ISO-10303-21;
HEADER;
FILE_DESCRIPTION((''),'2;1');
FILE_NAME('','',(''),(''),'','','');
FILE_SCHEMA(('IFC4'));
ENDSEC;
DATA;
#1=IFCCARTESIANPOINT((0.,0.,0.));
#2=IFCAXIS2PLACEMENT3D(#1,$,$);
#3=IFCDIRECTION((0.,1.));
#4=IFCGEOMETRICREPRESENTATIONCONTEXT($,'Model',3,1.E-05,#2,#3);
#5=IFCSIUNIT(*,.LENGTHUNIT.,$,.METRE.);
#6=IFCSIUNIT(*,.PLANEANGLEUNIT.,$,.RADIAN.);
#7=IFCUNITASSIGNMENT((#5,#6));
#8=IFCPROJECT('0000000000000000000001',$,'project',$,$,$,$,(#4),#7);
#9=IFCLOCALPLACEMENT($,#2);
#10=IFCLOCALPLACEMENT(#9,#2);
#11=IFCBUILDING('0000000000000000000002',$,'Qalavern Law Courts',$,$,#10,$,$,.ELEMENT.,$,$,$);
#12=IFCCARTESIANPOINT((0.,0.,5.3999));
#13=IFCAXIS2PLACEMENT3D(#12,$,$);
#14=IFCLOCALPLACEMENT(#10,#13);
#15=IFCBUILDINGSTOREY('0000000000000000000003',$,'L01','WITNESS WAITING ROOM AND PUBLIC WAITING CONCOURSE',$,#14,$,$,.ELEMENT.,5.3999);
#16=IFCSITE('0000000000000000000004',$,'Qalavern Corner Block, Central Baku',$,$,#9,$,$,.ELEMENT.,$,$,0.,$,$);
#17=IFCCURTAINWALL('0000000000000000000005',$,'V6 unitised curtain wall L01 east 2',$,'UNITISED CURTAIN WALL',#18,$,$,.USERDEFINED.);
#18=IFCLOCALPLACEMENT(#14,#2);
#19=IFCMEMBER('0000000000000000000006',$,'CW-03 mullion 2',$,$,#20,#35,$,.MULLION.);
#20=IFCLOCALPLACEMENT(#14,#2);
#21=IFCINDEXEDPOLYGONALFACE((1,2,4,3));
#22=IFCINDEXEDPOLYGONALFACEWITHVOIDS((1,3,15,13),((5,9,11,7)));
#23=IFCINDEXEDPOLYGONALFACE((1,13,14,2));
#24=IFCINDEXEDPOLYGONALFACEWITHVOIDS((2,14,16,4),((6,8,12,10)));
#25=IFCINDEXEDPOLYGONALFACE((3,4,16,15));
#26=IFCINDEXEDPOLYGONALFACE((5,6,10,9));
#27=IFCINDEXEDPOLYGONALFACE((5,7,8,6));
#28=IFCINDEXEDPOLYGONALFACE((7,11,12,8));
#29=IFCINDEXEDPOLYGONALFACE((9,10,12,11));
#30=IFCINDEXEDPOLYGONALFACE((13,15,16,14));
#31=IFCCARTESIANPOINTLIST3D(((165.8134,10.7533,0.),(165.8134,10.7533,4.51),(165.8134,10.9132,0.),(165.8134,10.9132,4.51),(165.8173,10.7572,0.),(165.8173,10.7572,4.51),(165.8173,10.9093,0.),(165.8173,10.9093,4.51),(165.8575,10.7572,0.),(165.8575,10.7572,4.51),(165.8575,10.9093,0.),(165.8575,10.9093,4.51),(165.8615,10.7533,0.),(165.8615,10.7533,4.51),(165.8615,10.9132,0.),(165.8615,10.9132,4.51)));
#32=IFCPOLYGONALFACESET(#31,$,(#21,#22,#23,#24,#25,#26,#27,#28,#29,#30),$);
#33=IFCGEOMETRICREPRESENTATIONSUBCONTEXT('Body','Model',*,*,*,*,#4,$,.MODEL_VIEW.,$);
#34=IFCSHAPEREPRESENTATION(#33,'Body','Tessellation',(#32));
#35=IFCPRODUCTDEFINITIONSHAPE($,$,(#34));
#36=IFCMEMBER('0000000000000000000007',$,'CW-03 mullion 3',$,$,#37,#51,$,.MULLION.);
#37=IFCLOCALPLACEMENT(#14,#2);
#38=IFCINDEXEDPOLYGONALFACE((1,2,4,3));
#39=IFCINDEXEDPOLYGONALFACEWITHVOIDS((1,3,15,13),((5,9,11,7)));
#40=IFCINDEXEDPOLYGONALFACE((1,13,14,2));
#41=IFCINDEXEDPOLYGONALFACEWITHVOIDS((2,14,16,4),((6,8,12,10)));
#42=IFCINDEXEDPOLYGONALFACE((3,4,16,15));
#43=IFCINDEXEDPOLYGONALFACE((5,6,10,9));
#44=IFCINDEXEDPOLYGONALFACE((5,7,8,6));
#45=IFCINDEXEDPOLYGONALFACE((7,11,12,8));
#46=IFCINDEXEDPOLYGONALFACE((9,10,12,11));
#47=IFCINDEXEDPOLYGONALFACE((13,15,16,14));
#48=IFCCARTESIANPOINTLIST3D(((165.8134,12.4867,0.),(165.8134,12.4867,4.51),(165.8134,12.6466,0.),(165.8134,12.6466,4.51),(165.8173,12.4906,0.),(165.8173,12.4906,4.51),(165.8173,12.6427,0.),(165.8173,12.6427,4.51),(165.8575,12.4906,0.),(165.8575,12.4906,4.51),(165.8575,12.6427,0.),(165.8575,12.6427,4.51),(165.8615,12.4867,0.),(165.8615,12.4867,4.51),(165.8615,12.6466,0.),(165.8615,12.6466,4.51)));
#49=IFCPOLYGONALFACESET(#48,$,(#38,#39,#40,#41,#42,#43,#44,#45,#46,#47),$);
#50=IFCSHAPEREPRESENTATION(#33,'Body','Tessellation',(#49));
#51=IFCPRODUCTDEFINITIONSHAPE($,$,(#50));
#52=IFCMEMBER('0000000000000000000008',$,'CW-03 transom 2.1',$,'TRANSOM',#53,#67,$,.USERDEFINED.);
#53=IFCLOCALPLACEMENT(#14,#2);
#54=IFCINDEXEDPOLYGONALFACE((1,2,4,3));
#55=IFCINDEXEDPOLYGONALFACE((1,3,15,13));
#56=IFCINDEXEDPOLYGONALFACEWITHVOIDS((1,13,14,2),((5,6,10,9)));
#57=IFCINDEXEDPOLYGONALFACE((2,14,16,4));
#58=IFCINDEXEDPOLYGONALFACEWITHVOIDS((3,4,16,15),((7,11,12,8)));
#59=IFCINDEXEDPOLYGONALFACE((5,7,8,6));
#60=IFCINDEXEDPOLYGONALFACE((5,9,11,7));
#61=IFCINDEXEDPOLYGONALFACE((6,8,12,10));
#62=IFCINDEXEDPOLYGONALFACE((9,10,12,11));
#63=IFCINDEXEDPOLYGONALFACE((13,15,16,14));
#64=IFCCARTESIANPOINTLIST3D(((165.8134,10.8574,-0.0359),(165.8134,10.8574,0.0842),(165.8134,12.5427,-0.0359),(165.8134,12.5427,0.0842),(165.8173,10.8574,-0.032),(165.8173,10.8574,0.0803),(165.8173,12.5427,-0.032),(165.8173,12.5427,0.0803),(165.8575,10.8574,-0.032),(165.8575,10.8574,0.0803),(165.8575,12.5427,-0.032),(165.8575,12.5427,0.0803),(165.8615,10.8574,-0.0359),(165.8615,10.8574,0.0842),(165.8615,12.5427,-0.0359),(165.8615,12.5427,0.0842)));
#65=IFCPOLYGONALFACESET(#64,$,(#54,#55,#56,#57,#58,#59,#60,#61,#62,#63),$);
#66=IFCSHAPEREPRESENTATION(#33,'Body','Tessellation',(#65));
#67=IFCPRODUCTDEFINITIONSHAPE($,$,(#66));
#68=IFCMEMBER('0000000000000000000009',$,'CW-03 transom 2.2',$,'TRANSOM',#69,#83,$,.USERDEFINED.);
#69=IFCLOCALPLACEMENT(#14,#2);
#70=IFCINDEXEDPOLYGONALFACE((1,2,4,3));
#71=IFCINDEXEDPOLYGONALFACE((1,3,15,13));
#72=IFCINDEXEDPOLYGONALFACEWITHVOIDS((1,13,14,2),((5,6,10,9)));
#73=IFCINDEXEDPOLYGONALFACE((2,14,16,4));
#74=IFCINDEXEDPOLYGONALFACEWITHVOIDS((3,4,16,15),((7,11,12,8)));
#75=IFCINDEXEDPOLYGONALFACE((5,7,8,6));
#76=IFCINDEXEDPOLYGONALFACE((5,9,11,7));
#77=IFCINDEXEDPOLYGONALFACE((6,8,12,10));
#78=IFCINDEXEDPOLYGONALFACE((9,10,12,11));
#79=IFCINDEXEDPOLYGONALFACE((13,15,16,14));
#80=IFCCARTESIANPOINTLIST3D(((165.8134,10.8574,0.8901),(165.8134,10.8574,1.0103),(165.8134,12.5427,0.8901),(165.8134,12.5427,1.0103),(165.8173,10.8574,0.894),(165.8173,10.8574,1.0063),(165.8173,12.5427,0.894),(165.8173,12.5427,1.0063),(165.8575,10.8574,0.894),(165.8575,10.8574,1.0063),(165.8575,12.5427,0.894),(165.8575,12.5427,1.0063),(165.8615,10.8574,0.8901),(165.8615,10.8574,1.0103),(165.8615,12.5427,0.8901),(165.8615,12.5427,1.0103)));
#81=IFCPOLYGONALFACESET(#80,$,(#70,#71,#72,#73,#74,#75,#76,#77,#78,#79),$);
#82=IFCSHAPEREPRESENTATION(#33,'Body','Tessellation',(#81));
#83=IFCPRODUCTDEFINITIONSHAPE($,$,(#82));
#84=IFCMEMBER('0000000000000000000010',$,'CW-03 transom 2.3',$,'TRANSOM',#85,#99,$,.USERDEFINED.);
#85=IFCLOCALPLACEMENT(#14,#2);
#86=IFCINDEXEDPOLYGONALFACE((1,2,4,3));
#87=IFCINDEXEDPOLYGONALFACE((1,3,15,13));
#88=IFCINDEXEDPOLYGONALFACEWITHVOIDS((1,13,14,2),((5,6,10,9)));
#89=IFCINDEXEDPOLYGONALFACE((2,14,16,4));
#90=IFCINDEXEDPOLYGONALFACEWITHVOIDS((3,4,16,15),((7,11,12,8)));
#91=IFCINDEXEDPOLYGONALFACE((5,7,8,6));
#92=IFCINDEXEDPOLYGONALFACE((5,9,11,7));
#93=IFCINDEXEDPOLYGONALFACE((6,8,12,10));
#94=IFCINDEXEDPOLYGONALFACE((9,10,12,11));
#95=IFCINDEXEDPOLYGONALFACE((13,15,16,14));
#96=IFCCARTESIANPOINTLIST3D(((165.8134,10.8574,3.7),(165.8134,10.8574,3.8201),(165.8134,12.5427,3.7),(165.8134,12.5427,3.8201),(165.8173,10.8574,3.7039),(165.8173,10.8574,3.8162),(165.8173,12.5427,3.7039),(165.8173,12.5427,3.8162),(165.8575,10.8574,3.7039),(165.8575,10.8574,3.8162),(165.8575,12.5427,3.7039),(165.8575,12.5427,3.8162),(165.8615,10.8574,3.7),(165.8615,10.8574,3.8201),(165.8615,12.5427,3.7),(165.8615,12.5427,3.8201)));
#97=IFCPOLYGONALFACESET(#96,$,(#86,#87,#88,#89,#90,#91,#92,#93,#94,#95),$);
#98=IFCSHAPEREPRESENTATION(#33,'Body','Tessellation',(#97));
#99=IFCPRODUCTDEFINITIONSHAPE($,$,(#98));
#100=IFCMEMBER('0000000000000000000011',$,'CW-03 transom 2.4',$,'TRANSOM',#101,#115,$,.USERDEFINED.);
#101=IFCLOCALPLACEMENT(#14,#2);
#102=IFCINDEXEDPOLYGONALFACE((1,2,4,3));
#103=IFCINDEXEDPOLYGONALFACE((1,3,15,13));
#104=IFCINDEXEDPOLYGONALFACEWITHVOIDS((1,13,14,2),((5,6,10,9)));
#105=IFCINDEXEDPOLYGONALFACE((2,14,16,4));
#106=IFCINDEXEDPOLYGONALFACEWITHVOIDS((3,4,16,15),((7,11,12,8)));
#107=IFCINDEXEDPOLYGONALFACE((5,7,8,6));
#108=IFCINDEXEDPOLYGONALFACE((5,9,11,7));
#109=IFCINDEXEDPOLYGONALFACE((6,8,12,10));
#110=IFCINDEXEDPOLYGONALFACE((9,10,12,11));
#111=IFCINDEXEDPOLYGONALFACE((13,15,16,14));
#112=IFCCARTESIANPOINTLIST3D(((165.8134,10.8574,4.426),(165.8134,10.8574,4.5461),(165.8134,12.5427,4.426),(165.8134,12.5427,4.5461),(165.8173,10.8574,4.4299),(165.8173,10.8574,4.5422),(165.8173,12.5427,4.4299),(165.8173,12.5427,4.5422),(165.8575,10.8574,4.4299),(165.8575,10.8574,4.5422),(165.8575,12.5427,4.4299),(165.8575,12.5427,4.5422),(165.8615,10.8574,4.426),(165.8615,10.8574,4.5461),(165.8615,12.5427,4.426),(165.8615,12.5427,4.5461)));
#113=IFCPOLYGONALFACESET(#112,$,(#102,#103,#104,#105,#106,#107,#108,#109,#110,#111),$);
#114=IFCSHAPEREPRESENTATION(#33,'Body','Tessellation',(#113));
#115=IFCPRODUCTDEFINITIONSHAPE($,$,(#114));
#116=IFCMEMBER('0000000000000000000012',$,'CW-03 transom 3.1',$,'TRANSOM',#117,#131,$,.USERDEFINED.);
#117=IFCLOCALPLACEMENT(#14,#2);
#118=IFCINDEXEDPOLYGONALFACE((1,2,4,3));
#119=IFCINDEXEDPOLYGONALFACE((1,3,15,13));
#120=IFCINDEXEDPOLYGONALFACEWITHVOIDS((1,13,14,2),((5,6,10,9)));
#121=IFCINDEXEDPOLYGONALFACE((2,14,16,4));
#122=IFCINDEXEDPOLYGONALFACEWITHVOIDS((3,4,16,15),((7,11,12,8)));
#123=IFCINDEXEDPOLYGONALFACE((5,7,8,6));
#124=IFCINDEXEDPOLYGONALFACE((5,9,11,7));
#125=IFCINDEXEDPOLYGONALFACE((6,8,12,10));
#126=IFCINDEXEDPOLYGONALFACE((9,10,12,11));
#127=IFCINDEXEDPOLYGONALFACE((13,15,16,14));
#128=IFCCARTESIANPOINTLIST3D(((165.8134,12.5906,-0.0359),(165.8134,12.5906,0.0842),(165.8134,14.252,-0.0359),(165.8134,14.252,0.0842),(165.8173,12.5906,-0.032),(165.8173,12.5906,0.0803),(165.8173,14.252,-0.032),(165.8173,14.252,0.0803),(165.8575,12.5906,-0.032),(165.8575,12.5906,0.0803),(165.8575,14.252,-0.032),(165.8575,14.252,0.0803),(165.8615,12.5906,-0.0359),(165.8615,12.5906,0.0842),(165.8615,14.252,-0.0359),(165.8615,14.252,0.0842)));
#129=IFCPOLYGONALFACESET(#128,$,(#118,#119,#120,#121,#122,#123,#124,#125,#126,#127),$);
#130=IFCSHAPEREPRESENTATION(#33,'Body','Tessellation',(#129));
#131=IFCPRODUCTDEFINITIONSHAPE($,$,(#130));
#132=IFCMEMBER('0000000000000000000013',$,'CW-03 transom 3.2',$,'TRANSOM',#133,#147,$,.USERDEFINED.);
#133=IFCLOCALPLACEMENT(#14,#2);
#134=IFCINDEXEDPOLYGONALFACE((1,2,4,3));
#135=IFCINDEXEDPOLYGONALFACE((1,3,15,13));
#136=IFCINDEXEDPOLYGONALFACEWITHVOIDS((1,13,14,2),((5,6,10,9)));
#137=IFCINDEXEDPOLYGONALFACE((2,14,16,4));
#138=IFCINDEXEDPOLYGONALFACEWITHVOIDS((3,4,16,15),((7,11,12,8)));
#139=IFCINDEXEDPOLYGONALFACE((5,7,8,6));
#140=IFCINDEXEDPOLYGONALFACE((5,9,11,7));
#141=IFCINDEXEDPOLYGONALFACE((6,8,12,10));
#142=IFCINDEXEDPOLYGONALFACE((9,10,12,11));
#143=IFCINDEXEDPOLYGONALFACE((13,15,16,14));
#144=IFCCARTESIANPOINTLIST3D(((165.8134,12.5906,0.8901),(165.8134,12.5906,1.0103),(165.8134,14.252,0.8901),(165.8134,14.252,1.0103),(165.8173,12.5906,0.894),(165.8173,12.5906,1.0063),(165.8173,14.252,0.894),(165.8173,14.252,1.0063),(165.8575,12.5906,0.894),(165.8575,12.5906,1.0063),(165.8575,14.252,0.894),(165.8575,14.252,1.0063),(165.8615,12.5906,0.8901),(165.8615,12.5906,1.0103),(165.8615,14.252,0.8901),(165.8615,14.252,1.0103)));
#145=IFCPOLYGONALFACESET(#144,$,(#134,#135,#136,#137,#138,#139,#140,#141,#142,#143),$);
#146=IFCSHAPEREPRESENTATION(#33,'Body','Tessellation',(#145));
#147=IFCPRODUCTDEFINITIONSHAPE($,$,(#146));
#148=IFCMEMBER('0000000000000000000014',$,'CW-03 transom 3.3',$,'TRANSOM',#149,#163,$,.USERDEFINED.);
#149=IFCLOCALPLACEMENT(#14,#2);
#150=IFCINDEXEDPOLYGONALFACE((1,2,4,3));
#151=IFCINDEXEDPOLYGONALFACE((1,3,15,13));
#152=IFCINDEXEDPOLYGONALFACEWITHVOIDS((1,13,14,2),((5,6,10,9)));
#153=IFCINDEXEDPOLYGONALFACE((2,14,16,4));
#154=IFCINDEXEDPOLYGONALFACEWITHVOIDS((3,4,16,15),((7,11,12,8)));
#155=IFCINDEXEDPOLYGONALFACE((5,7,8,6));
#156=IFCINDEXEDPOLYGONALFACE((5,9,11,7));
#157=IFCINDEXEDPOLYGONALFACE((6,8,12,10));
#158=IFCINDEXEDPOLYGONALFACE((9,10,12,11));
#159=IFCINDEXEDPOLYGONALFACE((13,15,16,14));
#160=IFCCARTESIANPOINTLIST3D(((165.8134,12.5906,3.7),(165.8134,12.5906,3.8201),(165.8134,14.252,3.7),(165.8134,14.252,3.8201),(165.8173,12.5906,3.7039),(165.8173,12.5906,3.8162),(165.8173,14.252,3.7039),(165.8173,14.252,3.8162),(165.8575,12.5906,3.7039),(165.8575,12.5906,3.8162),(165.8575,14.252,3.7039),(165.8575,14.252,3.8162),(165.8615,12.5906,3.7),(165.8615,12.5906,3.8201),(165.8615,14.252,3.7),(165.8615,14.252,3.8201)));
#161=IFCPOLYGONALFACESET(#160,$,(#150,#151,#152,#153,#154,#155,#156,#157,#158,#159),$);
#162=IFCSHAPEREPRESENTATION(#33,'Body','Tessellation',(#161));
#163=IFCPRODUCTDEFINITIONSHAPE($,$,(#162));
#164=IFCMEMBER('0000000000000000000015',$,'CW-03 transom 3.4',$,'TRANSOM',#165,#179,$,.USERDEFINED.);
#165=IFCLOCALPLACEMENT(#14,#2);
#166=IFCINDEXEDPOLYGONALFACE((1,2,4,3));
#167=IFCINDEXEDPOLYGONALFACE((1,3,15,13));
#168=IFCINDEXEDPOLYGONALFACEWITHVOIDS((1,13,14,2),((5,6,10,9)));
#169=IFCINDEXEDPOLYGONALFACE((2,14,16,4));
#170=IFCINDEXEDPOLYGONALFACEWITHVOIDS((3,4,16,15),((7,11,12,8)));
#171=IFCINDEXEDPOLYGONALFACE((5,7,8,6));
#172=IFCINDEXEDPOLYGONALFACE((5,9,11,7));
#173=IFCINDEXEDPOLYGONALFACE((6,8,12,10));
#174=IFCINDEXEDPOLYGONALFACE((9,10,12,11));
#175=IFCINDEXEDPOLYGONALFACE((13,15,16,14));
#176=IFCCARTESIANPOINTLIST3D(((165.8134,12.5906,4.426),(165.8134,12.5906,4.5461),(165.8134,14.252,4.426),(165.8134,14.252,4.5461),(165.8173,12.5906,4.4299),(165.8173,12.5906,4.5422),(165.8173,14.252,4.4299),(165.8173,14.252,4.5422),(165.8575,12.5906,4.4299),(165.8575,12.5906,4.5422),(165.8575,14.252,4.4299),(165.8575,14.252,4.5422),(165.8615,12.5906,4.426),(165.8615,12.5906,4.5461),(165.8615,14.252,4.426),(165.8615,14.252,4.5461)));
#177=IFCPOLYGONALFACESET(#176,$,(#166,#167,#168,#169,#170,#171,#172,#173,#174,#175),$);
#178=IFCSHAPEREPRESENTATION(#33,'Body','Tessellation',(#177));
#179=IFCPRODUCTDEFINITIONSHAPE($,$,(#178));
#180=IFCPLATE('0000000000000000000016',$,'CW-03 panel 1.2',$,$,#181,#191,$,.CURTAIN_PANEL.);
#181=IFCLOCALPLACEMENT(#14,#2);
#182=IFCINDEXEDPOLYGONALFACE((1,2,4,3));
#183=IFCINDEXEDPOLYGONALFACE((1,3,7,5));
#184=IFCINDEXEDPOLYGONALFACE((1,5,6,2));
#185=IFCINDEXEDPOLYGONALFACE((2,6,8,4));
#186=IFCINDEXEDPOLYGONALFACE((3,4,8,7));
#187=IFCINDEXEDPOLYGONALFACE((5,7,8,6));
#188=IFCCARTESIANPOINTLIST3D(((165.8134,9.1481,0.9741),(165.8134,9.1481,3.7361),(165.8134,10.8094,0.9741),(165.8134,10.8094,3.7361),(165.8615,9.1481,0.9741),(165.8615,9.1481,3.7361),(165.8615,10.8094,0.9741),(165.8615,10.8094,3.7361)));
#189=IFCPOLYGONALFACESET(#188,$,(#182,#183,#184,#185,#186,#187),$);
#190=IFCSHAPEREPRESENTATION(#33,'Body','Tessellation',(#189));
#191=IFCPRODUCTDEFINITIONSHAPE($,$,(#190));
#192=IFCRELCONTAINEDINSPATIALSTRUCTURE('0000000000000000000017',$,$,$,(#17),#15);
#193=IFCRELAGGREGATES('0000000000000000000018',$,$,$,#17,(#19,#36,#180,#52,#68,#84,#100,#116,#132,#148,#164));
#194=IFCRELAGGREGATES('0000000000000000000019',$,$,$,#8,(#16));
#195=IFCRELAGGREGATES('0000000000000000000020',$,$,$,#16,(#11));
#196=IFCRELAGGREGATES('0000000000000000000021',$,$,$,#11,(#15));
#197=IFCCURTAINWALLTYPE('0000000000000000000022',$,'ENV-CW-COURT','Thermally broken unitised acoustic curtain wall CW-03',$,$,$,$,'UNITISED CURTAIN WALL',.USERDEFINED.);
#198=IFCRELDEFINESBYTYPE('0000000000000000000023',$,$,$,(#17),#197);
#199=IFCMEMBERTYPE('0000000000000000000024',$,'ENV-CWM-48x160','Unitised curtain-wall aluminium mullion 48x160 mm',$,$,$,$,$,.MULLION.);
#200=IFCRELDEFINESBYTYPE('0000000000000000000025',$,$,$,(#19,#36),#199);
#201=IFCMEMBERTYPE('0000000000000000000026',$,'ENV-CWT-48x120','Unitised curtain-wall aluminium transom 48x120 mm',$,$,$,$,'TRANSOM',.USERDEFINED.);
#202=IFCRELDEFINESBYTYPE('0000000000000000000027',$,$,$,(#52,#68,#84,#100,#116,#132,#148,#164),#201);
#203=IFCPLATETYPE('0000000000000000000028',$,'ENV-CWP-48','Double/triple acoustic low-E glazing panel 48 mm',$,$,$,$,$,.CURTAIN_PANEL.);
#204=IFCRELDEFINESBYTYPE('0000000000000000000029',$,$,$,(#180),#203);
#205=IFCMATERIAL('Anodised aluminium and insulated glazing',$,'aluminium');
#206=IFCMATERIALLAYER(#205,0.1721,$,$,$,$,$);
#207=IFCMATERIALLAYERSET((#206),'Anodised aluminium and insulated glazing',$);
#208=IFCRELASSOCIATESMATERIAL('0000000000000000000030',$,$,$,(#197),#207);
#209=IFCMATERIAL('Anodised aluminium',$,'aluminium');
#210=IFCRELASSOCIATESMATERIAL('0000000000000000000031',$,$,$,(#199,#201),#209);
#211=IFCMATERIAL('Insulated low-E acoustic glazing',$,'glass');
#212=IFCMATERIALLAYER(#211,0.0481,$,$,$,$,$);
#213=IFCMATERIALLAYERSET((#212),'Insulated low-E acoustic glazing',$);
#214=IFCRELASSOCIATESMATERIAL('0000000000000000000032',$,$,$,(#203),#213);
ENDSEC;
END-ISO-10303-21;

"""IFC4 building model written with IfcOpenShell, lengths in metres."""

from ifc_helpers import new_model, si_unit, direction, frame, origin, origin_2d, place, context, subcontext, project, spatial, rectangle, hollow_rectangle, extrude, material, layer, layer_set, material_profile, profile_set, type_object, element, aggregate, save


model = new_model("IFC4")

# Units and contexts
model_context = context("Model", 3, precision=1e-05, world=origin(), true_north=direction((0.0, 1.0)))
body_context = subcontext(model_context, "Body", "Model", "MODEL_VIEW")
ifc_project = project(units=[si_unit("LENGTHUNIT", "METRE"), si_unit("PLANEANGLEUNIT", "RADIAN")], contexts=[model_context])

# Site, building, storey
site_placement = place(None, origin())
site = spatial("IfcSite", under=ifc_project, at=site_placement, Name="Qalavern Corner Block, Central Baku", CompositionType="ELEMENT", RefElevation=0.0)
building_placement = place(site_placement, origin())
building = spatial("IfcBuilding", under=site, at=building_placement, Name="Qalavern Law Courts", CompositionType="ELEMENT")
storey_placement = place(building_placement, frame((0.0, 0.0, 5.3999)))
storey = spatial("IfcBuildingStorey", under=building, at=storey_placement, Name="L01", Description="WITNESS WAITING ROOM AND PUBLIC WAITING CONCOURSE", CompositionType="ELEMENT", Elevation=5.3999)

# Curtain wall, members, plate
ifc_material_1 = material(Name="Anodised aluminium and insulated glazing", Category="aluminium")
ifc_layer_1 = layer(ifc_material_1, 0.1721)
ifc_layer_set_1 = layer_set([ifc_layer_1], Name="Anodised aluminium and insulated glazing")
curtain_wall_type = type_object("IfcCurtainWallType", Name="ENV-CW-COURT", Description="Thermally broken unitised acoustic curtain wall CW-03", ElementType="UNITISED CURTAIN WALL", PredefinedType="USERDEFINED", material=ifc_layer_set_1)
curtain_wall_placement = place(storey_placement, origin())
curtain_wall = element("IfcCurtainWall", 1, at=curtain_wall_placement, inside=storey, type_object=curtain_wall_type, Name="V6 unitised curtain wall L01 east 2", ObjectType="UNITISED CURTAIN WALL", PredefinedType="USERDEFINED")
ifc_material_2 = material(Name="Anodised aluminium", Category="aluminium")
ifc_material_profile_1 = material_profile(ifc_material_2, hollow_rectangle(XDim=0.0481, YDim=0.1599, WallThickness=0.0039, at=origin_2d()), Name="ALU MULLION 48x160")
ifc_profile_set_1 = profile_set([ifc_material_profile_1], Name="Anodised aluminium")
member_type_1 = type_object("IfcMemberType", Name="ENV-CWM-48x160", Description="Unitised curtain-wall aluminium mullion 48x160 mm", PredefinedType="MULLION", material=ifc_profile_set_1)
member_1_placement = place(storey_placement, frame((165.8374, 10.8333, 0.0), z_axis=(0.0, 0.0, 1.0), x_axis=(-1.0, 0.0, 0.0)))
member_1 = element("IfcMember", 2, at=member_1_placement, type_object=member_type_1, Name="CW-03 mullion 2", PredefinedType="MULLION", context=body_context, shape_type="SweptSolid", body=[
    extrude(hollow_rectangle(XDim=0.0481, YDim=0.1599, WallThickness=0.0039, at=origin_2d()), origin(), (0.0, 0.0, 1.0), 4.51),
])
member_2_placement = place(storey_placement, frame((165.8374, 12.5667, 0.0), z_axis=(0.0, 0.0, 1.0), x_axis=(-1.0, 0.0, 0.0)))
member_2 = element("IfcMember", 3, at=member_2_placement, type_object=member_type_1, Name="CW-03 mullion 3", PredefinedType="MULLION", context=body_context, shape_type="SweptSolid", body=[
    extrude(hollow_rectangle(XDim=0.0481, YDim=0.1599, WallThickness=0.0039, at=origin_2d()), origin(), (0.0, 0.0, 1.0), 4.51),
])
ifc_material_profile_2 = material_profile(ifc_material_2, hollow_rectangle(XDim=0.0481, YDim=0.1201, WallThickness=0.0039, at=origin_2d()), Name="ALU TRANSOM 48x120")
ifc_profile_set_2 = profile_set([ifc_material_profile_2], Name="Anodised aluminium")
member_type_2 = type_object("IfcMemberType", Name="ENV-CWT-48x120", Description="Unitised curtain-wall aluminium transom 48x120 mm", ElementType="TRANSOM", PredefinedType="USERDEFINED", material=ifc_profile_set_2)
member_3_placement = place(storey_placement, frame((165.8374, 10.8574, 0.0242), z_axis=(0.0, 1.0, 0.0), x_axis=(-1.0, 0.0, 0.0)))
member_3 = element("IfcMember", 4, at=member_3_placement, type_object=member_type_2, Name="CW-03 transom 2.1", ObjectType="TRANSOM", PredefinedType="USERDEFINED", context=body_context, shape_type="SweptSolid", body=[
    extrude(hollow_rectangle(XDim=0.0481, YDim=0.1201, WallThickness=0.0039, at=origin_2d()), origin(), (0.0, 0.0, 1.0), 1.6853),
])
member_4_placement = place(storey_placement, frame((165.8374, 10.8574, 0.9502), z_axis=(0.0, 1.0, 0.0), x_axis=(-1.0, 0.0, 0.0)))
member_4 = element("IfcMember", 5, at=member_4_placement, type_object=member_type_2, Name="CW-03 transom 2.2", ObjectType="TRANSOM", PredefinedType="USERDEFINED", context=body_context, shape_type="SweptSolid", body=[
    extrude(hollow_rectangle(XDim=0.0481, YDim=0.1201, WallThickness=0.0039, at=origin_2d()), origin(), (0.0, 0.0, 1.0), 1.6853),
])
member_5_placement = place(storey_placement, frame((165.8374, 10.8574, 3.76), z_axis=(0.0, 1.0, 0.0), x_axis=(-1.0, 0.0, 0.0)))
member_5 = element("IfcMember", 6, at=member_5_placement, type_object=member_type_2, Name="CW-03 transom 2.3", ObjectType="TRANSOM", PredefinedType="USERDEFINED", context=body_context, shape_type="SweptSolid", body=[
    extrude(hollow_rectangle(XDim=0.0481, YDim=0.1201, WallThickness=0.0039, at=origin_2d()), origin(), (0.0, 0.0, 1.0), 1.6853),
])
member_6_placement = place(storey_placement, frame((165.8374, 10.8574, 4.4861), z_axis=(0.0, 1.0, 0.0), x_axis=(-1.0, 0.0, 0.0)))
member_6 = element("IfcMember", 7, at=member_6_placement, type_object=member_type_2, Name="CW-03 transom 2.4", ObjectType="TRANSOM", PredefinedType="USERDEFINED", context=body_context, shape_type="SweptSolid", body=[
    extrude(hollow_rectangle(XDim=0.0481, YDim=0.1201, WallThickness=0.0039, at=origin_2d()), origin(), (0.0, 0.0, 1.0), 1.6853),
])
member_7_placement = place(storey_placement, frame((165.8374, 12.5906, 0.0242), z_axis=(0.0, 1.0, 0.0), x_axis=(-1.0, 0.0, 0.0)))
member_7 = element("IfcMember", 8, at=member_7_placement, type_object=member_type_2, Name="CW-03 transom 3.1", ObjectType="TRANSOM", PredefinedType="USERDEFINED", context=body_context, shape_type="SweptSolid", body=[
    extrude(hollow_rectangle(XDim=0.0481, YDim=0.1201, WallThickness=0.0039, at=origin_2d()), origin(), (0.0, 0.0, 1.0), 1.6614),
])
member_8_placement = place(storey_placement, frame((165.8374, 12.5906, 0.9502), z_axis=(0.0, 1.0, 0.0), x_axis=(-1.0, 0.0, 0.0)))
member_8 = element("IfcMember", 9, at=member_8_placement, type_object=member_type_2, Name="CW-03 transom 3.2", ObjectType="TRANSOM", PredefinedType="USERDEFINED", context=body_context, shape_type="SweptSolid", body=[
    extrude(hollow_rectangle(XDim=0.0481, YDim=0.1201, WallThickness=0.0039, at=origin_2d()), origin(), (0.0, 0.0, 1.0), 1.6614),
])
member_9_placement = place(storey_placement, frame((165.8374, 12.5906, 3.76), z_axis=(0.0, 1.0, 0.0), x_axis=(-1.0, 0.0, 0.0)))
member_9 = element("IfcMember", 10, at=member_9_placement, type_object=member_type_2, Name="CW-03 transom 3.3", ObjectType="TRANSOM", PredefinedType="USERDEFINED", context=body_context, shape_type="SweptSolid", body=[
    extrude(hollow_rectangle(XDim=0.0481, YDim=0.1201, WallThickness=0.0039, at=origin_2d()), origin(), (0.0, 0.0, 1.0), 1.6614),
])
member_10_placement = place(storey_placement, frame((165.8374, 12.5906, 4.4861), z_axis=(0.0, 1.0, 0.0), x_axis=(-1.0, 0.0, 0.0)))
member_10 = element("IfcMember", 11, at=member_10_placement, type_object=member_type_2, Name="CW-03 transom 3.4", ObjectType="TRANSOM", PredefinedType="USERDEFINED", context=body_context, shape_type="SweptSolid", body=[
    extrude(hollow_rectangle(XDim=0.0481, YDim=0.1201, WallThickness=0.0039, at=origin_2d()), origin(), (0.0, 0.0, 1.0), 1.6614),
])
ifc_material_3 = material(Name="Insulated low-E acoustic glazing", Category="glass")
ifc_layer_2 = layer(ifc_material_3, 0.0481)
ifc_layer_set_2 = layer_set([ifc_layer_2], Name="Insulated low-E acoustic glazing")
plate_type = type_object("IfcPlateType", Name="ENV-CWP-48", Description="Double/triple acoustic low-E glazing panel 48 mm", PredefinedType="CURTAIN_PANEL", material=ifc_layer_set_2)
plate_1_placement = place(storey_placement, frame((165.8374, 9.9788, 0.9741), z_axis=(0.0, 0.0, 1.0), x_axis=(0.0, 1.0, 0.0)))
plate_1 = element("IfcPlate", 12, at=plate_1_placement, type_object=plate_type, Name="CW-03 panel 1.2", PredefinedType="CURTAIN_PANEL", context=body_context, shape_type="SweptSolid", body=[
    extrude(rectangle(XDim=1.6614, YDim=0.0481, at=origin_2d()), origin(), (0.0, 0.0, 1.0), 2.762),
])
aggregate(curtain_wall, [member_1, member_2, plate_1, member_3, member_4, member_5, member_6, member_7, member_8, member_9, member_10])

save(model, "model.ifc")
